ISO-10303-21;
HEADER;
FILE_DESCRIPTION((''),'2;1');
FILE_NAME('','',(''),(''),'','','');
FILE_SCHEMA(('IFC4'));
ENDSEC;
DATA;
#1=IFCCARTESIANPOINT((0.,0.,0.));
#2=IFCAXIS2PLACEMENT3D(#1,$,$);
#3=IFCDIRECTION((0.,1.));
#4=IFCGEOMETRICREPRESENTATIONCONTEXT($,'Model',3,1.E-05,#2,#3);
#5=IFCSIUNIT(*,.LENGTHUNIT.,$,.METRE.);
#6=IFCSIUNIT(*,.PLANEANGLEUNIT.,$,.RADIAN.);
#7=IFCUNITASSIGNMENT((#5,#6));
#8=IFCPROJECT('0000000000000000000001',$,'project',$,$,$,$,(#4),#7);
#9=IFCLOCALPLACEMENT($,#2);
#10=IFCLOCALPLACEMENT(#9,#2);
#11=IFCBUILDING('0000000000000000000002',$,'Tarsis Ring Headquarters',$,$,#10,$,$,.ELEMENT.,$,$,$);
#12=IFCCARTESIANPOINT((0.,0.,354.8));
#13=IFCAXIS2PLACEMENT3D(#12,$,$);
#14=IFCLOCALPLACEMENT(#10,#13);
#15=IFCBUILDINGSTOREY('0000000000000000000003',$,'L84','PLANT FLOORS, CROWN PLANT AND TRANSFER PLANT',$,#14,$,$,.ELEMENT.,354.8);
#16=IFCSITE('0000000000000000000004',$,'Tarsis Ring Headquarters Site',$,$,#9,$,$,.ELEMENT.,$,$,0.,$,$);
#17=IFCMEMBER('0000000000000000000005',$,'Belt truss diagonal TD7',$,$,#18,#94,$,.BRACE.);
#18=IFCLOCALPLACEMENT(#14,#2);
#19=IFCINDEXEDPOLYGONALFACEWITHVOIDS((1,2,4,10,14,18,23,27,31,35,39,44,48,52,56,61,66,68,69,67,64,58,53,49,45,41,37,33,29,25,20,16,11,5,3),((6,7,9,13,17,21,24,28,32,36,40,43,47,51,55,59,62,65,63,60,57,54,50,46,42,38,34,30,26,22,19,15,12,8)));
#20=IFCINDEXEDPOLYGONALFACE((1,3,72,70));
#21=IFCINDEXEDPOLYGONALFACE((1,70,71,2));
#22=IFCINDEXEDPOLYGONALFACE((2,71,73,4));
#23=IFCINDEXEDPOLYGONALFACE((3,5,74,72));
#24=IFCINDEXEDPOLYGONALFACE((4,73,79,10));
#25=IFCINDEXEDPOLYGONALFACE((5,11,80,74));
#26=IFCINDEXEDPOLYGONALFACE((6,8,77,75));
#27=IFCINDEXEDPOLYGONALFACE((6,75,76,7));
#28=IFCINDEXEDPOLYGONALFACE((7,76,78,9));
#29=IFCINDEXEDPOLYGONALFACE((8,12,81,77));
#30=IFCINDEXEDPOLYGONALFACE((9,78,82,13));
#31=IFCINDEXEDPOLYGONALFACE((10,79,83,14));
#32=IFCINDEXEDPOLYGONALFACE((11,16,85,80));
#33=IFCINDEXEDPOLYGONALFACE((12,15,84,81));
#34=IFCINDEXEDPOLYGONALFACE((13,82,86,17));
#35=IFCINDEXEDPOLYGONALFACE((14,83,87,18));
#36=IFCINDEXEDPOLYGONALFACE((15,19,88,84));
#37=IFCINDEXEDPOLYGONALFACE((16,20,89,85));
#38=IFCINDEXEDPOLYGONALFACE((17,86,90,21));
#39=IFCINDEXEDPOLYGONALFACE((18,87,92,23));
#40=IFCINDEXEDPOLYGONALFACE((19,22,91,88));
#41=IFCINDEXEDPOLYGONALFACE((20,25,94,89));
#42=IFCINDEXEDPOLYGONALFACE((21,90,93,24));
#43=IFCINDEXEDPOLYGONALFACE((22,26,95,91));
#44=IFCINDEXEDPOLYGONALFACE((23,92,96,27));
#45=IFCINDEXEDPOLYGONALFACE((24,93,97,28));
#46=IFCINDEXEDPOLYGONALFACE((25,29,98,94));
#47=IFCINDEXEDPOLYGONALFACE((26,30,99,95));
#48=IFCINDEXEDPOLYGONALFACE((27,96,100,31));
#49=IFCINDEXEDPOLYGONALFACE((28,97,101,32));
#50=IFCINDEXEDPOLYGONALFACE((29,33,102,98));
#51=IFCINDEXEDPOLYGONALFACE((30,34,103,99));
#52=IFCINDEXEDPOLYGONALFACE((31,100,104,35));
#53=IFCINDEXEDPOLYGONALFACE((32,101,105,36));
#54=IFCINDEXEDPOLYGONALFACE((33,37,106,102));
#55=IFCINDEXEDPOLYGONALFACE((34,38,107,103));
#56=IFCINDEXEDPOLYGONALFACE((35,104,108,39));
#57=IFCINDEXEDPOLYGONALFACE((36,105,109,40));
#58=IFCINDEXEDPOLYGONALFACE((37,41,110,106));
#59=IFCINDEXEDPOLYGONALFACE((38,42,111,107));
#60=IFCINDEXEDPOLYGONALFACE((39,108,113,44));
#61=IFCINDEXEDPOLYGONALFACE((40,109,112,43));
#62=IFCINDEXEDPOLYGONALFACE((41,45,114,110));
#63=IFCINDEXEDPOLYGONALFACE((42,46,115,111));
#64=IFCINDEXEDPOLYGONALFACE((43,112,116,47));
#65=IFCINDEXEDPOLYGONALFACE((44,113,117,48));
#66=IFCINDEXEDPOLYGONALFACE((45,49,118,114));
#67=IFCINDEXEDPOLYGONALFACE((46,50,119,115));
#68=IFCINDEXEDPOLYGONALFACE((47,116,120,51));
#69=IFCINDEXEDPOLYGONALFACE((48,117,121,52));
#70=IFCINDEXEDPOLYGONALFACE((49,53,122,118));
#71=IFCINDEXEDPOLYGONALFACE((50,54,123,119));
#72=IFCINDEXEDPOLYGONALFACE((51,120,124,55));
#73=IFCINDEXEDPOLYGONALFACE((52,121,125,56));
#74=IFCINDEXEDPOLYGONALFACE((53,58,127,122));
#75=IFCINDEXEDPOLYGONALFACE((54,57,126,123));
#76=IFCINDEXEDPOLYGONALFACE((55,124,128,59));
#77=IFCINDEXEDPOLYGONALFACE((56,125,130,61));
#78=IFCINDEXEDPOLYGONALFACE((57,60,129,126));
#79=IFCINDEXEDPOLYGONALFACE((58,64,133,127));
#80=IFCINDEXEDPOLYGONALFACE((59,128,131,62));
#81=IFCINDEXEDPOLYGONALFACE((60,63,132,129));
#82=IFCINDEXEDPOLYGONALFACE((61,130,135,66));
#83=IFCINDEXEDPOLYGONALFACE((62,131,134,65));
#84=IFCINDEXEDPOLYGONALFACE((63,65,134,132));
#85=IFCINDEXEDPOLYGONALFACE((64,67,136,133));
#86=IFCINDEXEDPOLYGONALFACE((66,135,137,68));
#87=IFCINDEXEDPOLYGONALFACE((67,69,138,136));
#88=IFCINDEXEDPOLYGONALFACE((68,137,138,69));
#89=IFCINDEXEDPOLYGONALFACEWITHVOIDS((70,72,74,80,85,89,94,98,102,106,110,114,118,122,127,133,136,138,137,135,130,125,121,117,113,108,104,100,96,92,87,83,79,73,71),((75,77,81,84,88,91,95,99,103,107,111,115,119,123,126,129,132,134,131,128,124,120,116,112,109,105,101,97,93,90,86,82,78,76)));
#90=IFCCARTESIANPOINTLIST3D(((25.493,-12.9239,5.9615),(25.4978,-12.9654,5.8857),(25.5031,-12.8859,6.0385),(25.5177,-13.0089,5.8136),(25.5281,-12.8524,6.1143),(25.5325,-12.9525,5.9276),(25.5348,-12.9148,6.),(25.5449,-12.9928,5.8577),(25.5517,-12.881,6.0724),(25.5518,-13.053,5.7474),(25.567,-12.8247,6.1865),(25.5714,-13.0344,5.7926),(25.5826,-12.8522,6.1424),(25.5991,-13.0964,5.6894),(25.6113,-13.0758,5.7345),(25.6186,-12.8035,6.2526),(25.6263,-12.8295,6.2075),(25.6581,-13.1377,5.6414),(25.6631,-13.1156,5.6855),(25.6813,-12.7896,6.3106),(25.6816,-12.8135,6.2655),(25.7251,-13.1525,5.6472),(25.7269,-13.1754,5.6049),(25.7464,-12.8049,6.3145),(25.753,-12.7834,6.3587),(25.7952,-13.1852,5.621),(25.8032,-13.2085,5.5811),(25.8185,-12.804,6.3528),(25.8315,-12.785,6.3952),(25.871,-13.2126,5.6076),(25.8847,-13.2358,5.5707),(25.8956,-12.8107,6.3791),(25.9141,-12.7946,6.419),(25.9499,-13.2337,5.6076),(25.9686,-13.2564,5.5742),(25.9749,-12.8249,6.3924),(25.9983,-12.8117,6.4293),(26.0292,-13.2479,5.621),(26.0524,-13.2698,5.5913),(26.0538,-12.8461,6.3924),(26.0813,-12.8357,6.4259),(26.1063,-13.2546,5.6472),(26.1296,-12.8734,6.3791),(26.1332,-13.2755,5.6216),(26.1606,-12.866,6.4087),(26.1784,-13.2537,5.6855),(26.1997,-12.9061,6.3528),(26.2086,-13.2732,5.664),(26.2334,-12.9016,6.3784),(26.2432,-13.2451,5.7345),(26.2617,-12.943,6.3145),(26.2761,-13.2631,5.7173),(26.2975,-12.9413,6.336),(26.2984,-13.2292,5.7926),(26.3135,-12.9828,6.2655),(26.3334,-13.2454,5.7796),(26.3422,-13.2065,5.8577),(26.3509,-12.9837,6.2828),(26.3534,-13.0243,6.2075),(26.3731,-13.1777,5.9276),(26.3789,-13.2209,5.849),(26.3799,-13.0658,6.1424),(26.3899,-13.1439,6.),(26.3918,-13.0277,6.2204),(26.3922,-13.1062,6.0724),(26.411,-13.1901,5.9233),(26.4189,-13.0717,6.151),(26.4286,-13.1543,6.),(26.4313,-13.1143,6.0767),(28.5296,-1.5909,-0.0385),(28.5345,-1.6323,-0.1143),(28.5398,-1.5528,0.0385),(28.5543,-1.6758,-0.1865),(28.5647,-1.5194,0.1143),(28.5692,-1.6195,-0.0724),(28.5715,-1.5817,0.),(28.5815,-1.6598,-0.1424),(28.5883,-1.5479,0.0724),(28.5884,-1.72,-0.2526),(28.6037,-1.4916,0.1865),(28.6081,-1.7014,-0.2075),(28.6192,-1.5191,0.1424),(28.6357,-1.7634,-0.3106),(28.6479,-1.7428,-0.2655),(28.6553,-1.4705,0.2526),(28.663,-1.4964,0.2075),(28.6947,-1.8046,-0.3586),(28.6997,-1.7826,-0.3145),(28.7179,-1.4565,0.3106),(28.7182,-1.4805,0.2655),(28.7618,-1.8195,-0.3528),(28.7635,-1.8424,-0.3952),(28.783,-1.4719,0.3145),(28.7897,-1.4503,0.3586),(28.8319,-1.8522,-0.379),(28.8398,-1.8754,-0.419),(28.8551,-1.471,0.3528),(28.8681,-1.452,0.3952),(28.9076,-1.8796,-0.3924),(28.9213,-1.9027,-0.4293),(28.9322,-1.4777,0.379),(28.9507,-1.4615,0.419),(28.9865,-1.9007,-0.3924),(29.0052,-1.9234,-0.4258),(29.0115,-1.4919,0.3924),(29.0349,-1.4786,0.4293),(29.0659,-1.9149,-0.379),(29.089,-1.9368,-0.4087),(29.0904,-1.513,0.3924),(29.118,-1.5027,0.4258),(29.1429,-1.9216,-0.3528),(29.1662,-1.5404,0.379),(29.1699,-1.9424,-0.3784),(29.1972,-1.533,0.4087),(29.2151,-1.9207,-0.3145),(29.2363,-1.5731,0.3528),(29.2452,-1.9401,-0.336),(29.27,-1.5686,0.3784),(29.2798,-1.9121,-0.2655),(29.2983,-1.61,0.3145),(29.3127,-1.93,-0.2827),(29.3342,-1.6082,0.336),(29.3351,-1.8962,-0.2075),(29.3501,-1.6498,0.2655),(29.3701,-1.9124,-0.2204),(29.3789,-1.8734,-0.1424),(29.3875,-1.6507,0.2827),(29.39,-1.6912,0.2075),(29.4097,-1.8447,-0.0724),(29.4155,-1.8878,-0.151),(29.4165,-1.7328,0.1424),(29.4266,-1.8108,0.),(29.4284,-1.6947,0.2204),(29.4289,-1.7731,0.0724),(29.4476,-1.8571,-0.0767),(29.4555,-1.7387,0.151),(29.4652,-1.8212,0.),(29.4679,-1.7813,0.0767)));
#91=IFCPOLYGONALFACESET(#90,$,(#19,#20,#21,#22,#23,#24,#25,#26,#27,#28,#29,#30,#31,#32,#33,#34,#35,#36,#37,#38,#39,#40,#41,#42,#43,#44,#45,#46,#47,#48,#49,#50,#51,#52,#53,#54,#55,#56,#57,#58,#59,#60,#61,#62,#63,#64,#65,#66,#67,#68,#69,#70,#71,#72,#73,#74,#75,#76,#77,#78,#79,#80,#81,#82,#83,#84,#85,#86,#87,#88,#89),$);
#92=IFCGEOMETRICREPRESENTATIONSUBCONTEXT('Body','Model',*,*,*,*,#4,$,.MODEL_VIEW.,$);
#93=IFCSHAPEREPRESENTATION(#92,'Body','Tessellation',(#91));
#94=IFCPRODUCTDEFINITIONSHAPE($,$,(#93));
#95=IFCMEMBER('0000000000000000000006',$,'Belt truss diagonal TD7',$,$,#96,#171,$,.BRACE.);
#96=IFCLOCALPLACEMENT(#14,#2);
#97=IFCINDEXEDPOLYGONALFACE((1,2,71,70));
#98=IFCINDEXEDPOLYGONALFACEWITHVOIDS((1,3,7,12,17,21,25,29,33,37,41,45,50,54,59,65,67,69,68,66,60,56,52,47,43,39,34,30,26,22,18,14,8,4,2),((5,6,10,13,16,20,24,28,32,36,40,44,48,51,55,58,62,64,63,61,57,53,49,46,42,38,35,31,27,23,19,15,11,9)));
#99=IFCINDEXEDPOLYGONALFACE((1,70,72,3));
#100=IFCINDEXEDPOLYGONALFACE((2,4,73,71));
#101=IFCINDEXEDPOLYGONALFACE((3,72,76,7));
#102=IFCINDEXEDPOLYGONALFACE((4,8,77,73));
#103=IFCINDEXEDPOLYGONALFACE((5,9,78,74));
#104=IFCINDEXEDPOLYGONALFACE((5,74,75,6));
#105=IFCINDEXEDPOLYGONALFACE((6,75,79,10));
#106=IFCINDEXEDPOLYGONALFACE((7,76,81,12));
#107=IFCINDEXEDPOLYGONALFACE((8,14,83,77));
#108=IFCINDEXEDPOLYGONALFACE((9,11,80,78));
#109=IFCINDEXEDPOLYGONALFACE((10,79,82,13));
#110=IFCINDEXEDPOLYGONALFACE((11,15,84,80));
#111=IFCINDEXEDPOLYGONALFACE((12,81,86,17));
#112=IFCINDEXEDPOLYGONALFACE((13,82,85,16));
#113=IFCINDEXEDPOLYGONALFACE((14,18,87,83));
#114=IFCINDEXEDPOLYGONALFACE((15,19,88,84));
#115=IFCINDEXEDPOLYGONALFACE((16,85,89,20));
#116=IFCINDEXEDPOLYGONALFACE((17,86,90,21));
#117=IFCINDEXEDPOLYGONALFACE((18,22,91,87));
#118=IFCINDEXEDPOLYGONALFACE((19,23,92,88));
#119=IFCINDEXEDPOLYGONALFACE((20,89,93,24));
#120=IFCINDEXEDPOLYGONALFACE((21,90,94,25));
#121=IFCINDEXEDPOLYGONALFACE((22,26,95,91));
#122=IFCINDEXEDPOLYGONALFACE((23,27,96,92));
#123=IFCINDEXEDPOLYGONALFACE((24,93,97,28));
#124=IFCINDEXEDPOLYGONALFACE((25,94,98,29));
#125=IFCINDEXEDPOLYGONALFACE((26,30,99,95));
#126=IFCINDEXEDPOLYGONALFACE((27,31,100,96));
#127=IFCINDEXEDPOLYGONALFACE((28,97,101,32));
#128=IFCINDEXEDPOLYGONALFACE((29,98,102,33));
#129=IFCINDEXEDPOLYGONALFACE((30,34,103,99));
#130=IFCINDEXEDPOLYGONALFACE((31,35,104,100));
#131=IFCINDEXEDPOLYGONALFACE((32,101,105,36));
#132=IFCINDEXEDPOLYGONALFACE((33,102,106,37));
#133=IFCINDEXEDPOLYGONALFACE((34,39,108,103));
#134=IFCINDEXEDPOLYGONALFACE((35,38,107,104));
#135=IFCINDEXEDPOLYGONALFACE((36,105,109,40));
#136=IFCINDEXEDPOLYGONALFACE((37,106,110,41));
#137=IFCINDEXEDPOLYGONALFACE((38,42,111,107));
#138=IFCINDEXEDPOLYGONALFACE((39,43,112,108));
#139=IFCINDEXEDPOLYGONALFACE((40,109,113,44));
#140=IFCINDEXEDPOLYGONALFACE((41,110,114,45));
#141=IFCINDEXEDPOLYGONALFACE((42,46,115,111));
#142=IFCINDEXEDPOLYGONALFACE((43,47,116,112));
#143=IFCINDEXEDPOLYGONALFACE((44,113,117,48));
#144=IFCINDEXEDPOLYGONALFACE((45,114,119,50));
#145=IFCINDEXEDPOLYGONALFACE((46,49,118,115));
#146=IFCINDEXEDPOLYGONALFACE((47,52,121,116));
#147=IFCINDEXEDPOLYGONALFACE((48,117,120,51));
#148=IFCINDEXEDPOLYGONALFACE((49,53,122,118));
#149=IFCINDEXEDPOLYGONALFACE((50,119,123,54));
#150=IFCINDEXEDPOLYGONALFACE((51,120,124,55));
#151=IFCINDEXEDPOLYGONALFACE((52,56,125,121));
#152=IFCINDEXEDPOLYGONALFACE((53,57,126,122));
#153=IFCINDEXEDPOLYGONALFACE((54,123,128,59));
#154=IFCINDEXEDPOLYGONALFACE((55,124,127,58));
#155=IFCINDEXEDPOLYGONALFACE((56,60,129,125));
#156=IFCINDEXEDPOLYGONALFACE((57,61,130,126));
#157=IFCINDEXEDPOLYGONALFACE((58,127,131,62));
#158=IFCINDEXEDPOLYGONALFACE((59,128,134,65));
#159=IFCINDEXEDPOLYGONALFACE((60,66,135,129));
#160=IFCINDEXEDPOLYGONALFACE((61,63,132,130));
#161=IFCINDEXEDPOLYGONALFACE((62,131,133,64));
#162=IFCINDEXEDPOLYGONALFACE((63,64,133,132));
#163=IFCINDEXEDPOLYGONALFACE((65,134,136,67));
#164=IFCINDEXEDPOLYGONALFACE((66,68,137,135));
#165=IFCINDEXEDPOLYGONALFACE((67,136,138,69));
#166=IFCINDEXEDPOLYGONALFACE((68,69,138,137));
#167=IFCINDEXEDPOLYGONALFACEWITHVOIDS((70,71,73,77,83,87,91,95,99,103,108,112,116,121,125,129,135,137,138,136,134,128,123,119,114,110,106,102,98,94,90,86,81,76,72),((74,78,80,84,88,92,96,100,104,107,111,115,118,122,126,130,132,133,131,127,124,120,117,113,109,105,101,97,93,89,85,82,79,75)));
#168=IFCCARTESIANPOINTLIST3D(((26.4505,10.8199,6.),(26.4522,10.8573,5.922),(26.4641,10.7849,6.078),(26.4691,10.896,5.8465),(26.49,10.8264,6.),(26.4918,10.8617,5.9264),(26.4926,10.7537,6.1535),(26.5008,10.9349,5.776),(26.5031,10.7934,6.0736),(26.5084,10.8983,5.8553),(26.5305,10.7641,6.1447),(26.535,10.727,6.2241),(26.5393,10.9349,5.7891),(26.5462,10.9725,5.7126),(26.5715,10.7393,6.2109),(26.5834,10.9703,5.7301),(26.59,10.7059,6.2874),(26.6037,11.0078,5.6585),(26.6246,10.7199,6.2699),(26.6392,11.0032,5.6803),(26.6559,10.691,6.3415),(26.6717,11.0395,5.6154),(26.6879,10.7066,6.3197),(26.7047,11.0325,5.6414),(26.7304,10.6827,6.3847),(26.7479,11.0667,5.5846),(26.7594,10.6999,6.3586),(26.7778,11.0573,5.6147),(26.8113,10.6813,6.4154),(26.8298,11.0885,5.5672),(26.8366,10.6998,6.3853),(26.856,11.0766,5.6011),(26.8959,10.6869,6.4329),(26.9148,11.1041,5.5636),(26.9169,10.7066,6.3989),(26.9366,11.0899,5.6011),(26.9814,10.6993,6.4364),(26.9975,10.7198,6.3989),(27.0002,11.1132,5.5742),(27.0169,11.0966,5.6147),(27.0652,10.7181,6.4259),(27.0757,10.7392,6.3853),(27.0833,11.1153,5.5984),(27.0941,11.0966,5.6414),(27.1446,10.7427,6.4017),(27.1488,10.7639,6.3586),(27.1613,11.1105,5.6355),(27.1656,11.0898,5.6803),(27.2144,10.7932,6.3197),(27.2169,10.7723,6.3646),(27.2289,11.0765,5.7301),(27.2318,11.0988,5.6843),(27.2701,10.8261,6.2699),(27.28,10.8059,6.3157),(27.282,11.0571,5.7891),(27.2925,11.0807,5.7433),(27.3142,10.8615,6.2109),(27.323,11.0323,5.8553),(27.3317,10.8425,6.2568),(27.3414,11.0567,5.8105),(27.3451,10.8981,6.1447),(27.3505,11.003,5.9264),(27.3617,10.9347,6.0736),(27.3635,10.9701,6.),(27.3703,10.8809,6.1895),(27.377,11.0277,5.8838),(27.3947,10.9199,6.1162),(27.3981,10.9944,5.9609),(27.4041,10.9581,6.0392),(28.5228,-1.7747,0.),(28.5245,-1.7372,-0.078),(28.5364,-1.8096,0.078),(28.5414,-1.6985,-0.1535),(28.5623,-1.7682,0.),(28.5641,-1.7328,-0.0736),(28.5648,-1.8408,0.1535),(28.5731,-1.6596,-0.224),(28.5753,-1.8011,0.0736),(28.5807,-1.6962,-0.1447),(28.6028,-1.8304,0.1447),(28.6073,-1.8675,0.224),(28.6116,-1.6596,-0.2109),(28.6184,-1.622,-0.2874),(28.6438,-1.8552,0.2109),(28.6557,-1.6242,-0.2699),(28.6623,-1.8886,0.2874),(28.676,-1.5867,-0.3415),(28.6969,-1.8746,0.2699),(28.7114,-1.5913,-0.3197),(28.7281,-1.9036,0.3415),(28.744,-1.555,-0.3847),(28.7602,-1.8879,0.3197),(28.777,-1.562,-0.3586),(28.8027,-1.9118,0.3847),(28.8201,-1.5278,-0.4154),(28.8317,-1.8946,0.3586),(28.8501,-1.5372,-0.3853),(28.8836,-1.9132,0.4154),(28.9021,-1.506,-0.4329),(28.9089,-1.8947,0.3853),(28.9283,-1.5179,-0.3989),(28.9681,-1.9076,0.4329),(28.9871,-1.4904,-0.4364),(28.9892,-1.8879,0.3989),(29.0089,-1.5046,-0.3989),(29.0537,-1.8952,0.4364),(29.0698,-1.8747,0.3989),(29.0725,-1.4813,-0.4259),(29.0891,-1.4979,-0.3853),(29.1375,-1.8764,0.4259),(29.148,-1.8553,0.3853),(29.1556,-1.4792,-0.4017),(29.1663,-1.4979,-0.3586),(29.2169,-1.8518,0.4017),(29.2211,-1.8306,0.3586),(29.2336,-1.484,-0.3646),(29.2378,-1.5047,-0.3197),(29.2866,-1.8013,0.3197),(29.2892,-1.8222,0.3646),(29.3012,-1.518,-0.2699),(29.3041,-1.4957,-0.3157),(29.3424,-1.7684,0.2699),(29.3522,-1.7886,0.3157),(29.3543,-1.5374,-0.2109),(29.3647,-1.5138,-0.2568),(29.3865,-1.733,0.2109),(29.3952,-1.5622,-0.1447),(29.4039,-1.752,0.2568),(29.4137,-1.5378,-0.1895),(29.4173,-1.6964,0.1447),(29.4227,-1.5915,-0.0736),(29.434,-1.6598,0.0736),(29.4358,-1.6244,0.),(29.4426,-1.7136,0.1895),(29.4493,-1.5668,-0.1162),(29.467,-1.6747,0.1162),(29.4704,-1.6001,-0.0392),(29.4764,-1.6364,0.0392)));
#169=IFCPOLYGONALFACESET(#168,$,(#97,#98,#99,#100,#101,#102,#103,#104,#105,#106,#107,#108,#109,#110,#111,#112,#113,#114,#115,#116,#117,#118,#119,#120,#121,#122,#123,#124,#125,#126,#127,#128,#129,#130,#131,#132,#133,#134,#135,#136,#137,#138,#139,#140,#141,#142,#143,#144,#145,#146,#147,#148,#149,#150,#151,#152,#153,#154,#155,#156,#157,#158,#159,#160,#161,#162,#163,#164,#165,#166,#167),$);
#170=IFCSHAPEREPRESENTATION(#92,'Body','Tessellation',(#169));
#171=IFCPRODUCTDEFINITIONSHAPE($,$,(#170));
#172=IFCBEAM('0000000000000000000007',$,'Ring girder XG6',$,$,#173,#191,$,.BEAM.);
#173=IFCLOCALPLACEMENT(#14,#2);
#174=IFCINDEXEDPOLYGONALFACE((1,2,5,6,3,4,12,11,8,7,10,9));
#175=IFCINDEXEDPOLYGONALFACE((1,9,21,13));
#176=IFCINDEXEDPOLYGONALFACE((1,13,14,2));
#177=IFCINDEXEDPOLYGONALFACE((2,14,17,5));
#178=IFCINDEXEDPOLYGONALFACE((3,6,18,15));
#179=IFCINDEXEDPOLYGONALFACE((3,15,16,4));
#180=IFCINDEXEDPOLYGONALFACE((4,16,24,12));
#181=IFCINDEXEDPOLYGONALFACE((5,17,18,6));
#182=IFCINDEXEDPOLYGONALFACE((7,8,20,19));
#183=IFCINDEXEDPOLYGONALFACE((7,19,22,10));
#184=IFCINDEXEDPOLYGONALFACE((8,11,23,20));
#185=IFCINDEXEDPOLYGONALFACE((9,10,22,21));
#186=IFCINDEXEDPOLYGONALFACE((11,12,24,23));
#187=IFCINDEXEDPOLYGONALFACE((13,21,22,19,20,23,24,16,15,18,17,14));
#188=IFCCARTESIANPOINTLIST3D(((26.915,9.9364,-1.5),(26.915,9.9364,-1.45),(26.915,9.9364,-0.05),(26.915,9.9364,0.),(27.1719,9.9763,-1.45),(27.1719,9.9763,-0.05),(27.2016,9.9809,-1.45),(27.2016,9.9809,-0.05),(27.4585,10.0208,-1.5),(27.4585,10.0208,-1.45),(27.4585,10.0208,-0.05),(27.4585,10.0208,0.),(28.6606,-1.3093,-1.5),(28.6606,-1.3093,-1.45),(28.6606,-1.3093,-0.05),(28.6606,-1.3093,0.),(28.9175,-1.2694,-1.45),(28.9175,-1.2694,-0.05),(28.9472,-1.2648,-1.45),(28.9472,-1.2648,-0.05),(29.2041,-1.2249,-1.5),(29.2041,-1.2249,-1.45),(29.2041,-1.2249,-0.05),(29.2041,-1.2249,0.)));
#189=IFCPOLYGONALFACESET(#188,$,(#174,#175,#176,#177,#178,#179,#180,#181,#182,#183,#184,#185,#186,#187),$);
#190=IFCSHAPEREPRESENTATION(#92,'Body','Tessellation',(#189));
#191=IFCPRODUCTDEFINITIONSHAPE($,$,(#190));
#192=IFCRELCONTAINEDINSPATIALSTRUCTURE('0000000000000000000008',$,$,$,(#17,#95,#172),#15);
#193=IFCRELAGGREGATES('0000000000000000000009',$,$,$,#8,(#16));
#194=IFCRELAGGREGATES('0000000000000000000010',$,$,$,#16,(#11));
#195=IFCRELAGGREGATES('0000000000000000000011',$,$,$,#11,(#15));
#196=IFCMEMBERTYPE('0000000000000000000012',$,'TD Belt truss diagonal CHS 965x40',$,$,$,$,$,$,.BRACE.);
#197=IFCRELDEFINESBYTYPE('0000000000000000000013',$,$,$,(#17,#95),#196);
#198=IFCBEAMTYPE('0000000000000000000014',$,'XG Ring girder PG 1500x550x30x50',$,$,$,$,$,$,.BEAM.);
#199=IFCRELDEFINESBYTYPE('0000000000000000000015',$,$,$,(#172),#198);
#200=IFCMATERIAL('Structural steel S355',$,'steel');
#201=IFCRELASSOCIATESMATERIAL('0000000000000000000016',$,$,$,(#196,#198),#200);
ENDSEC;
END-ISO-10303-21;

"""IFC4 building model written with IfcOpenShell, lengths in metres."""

from ifc_helpers import new_model, si_unit, direction, frame, origin, origin_2d, place, context, subcontext, project, spatial, hollow_circle, i_section, extrude, material, material_profile, profile_set, type_object, element, save


model = new_model("IFC4")

# Units and contexts
model_context = context("Model", 3, precision=1e-05, world=origin(), true_north=direction((0.0, 1.0)))
body_context = subcontext(model_context, "Body", "Model", "MODEL_VIEW")
ifc_project = project(units=[si_unit("LENGTHUNIT", "METRE"), si_unit("PLANEANGLEUNIT", "RADIAN")], contexts=[model_context])

# Site, building, storey
site_placement = place(None, origin())
site = spatial("IfcSite", under=ifc_project, at=site_placement, Name="Tarsis Ring Headquarters Site", CompositionType="ELEMENT", RefElevation=0.0)
building_placement = place(site_placement, origin())
building = spatial("IfcBuilding", under=site, at=building_placement, Name="Tarsis Ring Headquarters", CompositionType="ELEMENT")
storey_placement = place(building_placement, frame((0.0, 0.0, 354.8)))
storey = spatial("IfcBuildingStorey", under=building, at=storey_placement, Name="L84", Description="PLANT FLOORS, CROWN PLANT AND TRANSFER PLANT", CompositionType="ELEMENT", Elevation=354.8)

# Shared definitions
ifc_material_1 = material(Name="Structural steel S355", Category="steel")
ifc_material_profile_1 = material_profile(ifc_material_1, hollow_circle(Radius=0.4827, WallThickness=0.04, at=origin_2d()), Name="CHS 965x40")
ifc_profile_set_1 = profile_set([ifc_material_profile_1], Name="Structural steel S355")

# Members
member_type_1 = type_object("IfcMemberType", Name="TD Belt truss diagonal CHS 965x40", PredefinedType="BRACE", material=ifc_profile_set_1)
member_1_placement = place(storey_placement, frame((28.999, -1.6963, 0.0), z_axis=(-0.230432, -0.859998, 0.455306), x_axis=(0.965927, -0.258815, 0.0)))
element("IfcMember", 1, at=member_1_placement, inside=storey, type_object=member_type_1, Name="Belt truss diagonal TD7", PredefinedType="BRACE", context=body_context, shape_type="SweptSolid", body=[
    extrude(hollow_circle(Radius=0.4827, WallThickness=0.04, at=origin_2d()), origin(), (0.0, 0.0, 1.0), 13.178),
])
member_2_placement = place(storey_placement, frame((28.999, -1.6963, 0.0), z_axis=(-0.14693, 0.892989, 0.425419), x_axis=(-0.986732, -0.162355, 0.0)))
element("IfcMember", 2, at=member_2_placement, inside=storey, type_object=member_type_1, Name="Belt truss diagonal TD7", PredefinedType="BRACE", context=body_context, shape_type="SweptSolid", body=[
    extrude(hollow_circle(Radius=0.4827, WallThickness=0.04, at=origin_2d()), origin(), (0.0, 0.0, 1.0), 14.1038),
])

# Beam
ifc_material_profile_2 = material_profile(ifc_material_1, i_section(OverallWidth=0.55, OverallDepth=1.5, WebThickness=0.03, FlangeThickness=0.05, at=origin_2d()), Name="PG 1500x550x30x50")
ifc_profile_set_2 = profile_set([ifc_material_profile_2], Name="Structural steel S355")
beam_type_1 = type_object("IfcBeamType", Name="XG Ring girder PG 1500x550x30x50", PredefinedType="BEAM", material=ifc_profile_set_2)
beam_1_placement = place(storey_placement, frame((28.9324, -1.2671, -0.75), z_axis=(-0.153389, 0.988166, 0.0), x_axis=(-0.988166, -0.153389, 0.0)))
element("IfcBeam", 3, at=beam_1_placement, inside=storey, type_object=beam_type_1, Name="Ring girder XG6", PredefinedType="BEAM", context=body_context, shape_type="SweptSolid", body=[
    extrude(i_section(OverallWidth=0.55, OverallDepth=1.5, WebThickness=0.03, FlangeThickness=0.05, at=origin_2d()), origin(), (0.0, 0.0, 1.0), 11.3804),
])

save(model, "model.ifc")
